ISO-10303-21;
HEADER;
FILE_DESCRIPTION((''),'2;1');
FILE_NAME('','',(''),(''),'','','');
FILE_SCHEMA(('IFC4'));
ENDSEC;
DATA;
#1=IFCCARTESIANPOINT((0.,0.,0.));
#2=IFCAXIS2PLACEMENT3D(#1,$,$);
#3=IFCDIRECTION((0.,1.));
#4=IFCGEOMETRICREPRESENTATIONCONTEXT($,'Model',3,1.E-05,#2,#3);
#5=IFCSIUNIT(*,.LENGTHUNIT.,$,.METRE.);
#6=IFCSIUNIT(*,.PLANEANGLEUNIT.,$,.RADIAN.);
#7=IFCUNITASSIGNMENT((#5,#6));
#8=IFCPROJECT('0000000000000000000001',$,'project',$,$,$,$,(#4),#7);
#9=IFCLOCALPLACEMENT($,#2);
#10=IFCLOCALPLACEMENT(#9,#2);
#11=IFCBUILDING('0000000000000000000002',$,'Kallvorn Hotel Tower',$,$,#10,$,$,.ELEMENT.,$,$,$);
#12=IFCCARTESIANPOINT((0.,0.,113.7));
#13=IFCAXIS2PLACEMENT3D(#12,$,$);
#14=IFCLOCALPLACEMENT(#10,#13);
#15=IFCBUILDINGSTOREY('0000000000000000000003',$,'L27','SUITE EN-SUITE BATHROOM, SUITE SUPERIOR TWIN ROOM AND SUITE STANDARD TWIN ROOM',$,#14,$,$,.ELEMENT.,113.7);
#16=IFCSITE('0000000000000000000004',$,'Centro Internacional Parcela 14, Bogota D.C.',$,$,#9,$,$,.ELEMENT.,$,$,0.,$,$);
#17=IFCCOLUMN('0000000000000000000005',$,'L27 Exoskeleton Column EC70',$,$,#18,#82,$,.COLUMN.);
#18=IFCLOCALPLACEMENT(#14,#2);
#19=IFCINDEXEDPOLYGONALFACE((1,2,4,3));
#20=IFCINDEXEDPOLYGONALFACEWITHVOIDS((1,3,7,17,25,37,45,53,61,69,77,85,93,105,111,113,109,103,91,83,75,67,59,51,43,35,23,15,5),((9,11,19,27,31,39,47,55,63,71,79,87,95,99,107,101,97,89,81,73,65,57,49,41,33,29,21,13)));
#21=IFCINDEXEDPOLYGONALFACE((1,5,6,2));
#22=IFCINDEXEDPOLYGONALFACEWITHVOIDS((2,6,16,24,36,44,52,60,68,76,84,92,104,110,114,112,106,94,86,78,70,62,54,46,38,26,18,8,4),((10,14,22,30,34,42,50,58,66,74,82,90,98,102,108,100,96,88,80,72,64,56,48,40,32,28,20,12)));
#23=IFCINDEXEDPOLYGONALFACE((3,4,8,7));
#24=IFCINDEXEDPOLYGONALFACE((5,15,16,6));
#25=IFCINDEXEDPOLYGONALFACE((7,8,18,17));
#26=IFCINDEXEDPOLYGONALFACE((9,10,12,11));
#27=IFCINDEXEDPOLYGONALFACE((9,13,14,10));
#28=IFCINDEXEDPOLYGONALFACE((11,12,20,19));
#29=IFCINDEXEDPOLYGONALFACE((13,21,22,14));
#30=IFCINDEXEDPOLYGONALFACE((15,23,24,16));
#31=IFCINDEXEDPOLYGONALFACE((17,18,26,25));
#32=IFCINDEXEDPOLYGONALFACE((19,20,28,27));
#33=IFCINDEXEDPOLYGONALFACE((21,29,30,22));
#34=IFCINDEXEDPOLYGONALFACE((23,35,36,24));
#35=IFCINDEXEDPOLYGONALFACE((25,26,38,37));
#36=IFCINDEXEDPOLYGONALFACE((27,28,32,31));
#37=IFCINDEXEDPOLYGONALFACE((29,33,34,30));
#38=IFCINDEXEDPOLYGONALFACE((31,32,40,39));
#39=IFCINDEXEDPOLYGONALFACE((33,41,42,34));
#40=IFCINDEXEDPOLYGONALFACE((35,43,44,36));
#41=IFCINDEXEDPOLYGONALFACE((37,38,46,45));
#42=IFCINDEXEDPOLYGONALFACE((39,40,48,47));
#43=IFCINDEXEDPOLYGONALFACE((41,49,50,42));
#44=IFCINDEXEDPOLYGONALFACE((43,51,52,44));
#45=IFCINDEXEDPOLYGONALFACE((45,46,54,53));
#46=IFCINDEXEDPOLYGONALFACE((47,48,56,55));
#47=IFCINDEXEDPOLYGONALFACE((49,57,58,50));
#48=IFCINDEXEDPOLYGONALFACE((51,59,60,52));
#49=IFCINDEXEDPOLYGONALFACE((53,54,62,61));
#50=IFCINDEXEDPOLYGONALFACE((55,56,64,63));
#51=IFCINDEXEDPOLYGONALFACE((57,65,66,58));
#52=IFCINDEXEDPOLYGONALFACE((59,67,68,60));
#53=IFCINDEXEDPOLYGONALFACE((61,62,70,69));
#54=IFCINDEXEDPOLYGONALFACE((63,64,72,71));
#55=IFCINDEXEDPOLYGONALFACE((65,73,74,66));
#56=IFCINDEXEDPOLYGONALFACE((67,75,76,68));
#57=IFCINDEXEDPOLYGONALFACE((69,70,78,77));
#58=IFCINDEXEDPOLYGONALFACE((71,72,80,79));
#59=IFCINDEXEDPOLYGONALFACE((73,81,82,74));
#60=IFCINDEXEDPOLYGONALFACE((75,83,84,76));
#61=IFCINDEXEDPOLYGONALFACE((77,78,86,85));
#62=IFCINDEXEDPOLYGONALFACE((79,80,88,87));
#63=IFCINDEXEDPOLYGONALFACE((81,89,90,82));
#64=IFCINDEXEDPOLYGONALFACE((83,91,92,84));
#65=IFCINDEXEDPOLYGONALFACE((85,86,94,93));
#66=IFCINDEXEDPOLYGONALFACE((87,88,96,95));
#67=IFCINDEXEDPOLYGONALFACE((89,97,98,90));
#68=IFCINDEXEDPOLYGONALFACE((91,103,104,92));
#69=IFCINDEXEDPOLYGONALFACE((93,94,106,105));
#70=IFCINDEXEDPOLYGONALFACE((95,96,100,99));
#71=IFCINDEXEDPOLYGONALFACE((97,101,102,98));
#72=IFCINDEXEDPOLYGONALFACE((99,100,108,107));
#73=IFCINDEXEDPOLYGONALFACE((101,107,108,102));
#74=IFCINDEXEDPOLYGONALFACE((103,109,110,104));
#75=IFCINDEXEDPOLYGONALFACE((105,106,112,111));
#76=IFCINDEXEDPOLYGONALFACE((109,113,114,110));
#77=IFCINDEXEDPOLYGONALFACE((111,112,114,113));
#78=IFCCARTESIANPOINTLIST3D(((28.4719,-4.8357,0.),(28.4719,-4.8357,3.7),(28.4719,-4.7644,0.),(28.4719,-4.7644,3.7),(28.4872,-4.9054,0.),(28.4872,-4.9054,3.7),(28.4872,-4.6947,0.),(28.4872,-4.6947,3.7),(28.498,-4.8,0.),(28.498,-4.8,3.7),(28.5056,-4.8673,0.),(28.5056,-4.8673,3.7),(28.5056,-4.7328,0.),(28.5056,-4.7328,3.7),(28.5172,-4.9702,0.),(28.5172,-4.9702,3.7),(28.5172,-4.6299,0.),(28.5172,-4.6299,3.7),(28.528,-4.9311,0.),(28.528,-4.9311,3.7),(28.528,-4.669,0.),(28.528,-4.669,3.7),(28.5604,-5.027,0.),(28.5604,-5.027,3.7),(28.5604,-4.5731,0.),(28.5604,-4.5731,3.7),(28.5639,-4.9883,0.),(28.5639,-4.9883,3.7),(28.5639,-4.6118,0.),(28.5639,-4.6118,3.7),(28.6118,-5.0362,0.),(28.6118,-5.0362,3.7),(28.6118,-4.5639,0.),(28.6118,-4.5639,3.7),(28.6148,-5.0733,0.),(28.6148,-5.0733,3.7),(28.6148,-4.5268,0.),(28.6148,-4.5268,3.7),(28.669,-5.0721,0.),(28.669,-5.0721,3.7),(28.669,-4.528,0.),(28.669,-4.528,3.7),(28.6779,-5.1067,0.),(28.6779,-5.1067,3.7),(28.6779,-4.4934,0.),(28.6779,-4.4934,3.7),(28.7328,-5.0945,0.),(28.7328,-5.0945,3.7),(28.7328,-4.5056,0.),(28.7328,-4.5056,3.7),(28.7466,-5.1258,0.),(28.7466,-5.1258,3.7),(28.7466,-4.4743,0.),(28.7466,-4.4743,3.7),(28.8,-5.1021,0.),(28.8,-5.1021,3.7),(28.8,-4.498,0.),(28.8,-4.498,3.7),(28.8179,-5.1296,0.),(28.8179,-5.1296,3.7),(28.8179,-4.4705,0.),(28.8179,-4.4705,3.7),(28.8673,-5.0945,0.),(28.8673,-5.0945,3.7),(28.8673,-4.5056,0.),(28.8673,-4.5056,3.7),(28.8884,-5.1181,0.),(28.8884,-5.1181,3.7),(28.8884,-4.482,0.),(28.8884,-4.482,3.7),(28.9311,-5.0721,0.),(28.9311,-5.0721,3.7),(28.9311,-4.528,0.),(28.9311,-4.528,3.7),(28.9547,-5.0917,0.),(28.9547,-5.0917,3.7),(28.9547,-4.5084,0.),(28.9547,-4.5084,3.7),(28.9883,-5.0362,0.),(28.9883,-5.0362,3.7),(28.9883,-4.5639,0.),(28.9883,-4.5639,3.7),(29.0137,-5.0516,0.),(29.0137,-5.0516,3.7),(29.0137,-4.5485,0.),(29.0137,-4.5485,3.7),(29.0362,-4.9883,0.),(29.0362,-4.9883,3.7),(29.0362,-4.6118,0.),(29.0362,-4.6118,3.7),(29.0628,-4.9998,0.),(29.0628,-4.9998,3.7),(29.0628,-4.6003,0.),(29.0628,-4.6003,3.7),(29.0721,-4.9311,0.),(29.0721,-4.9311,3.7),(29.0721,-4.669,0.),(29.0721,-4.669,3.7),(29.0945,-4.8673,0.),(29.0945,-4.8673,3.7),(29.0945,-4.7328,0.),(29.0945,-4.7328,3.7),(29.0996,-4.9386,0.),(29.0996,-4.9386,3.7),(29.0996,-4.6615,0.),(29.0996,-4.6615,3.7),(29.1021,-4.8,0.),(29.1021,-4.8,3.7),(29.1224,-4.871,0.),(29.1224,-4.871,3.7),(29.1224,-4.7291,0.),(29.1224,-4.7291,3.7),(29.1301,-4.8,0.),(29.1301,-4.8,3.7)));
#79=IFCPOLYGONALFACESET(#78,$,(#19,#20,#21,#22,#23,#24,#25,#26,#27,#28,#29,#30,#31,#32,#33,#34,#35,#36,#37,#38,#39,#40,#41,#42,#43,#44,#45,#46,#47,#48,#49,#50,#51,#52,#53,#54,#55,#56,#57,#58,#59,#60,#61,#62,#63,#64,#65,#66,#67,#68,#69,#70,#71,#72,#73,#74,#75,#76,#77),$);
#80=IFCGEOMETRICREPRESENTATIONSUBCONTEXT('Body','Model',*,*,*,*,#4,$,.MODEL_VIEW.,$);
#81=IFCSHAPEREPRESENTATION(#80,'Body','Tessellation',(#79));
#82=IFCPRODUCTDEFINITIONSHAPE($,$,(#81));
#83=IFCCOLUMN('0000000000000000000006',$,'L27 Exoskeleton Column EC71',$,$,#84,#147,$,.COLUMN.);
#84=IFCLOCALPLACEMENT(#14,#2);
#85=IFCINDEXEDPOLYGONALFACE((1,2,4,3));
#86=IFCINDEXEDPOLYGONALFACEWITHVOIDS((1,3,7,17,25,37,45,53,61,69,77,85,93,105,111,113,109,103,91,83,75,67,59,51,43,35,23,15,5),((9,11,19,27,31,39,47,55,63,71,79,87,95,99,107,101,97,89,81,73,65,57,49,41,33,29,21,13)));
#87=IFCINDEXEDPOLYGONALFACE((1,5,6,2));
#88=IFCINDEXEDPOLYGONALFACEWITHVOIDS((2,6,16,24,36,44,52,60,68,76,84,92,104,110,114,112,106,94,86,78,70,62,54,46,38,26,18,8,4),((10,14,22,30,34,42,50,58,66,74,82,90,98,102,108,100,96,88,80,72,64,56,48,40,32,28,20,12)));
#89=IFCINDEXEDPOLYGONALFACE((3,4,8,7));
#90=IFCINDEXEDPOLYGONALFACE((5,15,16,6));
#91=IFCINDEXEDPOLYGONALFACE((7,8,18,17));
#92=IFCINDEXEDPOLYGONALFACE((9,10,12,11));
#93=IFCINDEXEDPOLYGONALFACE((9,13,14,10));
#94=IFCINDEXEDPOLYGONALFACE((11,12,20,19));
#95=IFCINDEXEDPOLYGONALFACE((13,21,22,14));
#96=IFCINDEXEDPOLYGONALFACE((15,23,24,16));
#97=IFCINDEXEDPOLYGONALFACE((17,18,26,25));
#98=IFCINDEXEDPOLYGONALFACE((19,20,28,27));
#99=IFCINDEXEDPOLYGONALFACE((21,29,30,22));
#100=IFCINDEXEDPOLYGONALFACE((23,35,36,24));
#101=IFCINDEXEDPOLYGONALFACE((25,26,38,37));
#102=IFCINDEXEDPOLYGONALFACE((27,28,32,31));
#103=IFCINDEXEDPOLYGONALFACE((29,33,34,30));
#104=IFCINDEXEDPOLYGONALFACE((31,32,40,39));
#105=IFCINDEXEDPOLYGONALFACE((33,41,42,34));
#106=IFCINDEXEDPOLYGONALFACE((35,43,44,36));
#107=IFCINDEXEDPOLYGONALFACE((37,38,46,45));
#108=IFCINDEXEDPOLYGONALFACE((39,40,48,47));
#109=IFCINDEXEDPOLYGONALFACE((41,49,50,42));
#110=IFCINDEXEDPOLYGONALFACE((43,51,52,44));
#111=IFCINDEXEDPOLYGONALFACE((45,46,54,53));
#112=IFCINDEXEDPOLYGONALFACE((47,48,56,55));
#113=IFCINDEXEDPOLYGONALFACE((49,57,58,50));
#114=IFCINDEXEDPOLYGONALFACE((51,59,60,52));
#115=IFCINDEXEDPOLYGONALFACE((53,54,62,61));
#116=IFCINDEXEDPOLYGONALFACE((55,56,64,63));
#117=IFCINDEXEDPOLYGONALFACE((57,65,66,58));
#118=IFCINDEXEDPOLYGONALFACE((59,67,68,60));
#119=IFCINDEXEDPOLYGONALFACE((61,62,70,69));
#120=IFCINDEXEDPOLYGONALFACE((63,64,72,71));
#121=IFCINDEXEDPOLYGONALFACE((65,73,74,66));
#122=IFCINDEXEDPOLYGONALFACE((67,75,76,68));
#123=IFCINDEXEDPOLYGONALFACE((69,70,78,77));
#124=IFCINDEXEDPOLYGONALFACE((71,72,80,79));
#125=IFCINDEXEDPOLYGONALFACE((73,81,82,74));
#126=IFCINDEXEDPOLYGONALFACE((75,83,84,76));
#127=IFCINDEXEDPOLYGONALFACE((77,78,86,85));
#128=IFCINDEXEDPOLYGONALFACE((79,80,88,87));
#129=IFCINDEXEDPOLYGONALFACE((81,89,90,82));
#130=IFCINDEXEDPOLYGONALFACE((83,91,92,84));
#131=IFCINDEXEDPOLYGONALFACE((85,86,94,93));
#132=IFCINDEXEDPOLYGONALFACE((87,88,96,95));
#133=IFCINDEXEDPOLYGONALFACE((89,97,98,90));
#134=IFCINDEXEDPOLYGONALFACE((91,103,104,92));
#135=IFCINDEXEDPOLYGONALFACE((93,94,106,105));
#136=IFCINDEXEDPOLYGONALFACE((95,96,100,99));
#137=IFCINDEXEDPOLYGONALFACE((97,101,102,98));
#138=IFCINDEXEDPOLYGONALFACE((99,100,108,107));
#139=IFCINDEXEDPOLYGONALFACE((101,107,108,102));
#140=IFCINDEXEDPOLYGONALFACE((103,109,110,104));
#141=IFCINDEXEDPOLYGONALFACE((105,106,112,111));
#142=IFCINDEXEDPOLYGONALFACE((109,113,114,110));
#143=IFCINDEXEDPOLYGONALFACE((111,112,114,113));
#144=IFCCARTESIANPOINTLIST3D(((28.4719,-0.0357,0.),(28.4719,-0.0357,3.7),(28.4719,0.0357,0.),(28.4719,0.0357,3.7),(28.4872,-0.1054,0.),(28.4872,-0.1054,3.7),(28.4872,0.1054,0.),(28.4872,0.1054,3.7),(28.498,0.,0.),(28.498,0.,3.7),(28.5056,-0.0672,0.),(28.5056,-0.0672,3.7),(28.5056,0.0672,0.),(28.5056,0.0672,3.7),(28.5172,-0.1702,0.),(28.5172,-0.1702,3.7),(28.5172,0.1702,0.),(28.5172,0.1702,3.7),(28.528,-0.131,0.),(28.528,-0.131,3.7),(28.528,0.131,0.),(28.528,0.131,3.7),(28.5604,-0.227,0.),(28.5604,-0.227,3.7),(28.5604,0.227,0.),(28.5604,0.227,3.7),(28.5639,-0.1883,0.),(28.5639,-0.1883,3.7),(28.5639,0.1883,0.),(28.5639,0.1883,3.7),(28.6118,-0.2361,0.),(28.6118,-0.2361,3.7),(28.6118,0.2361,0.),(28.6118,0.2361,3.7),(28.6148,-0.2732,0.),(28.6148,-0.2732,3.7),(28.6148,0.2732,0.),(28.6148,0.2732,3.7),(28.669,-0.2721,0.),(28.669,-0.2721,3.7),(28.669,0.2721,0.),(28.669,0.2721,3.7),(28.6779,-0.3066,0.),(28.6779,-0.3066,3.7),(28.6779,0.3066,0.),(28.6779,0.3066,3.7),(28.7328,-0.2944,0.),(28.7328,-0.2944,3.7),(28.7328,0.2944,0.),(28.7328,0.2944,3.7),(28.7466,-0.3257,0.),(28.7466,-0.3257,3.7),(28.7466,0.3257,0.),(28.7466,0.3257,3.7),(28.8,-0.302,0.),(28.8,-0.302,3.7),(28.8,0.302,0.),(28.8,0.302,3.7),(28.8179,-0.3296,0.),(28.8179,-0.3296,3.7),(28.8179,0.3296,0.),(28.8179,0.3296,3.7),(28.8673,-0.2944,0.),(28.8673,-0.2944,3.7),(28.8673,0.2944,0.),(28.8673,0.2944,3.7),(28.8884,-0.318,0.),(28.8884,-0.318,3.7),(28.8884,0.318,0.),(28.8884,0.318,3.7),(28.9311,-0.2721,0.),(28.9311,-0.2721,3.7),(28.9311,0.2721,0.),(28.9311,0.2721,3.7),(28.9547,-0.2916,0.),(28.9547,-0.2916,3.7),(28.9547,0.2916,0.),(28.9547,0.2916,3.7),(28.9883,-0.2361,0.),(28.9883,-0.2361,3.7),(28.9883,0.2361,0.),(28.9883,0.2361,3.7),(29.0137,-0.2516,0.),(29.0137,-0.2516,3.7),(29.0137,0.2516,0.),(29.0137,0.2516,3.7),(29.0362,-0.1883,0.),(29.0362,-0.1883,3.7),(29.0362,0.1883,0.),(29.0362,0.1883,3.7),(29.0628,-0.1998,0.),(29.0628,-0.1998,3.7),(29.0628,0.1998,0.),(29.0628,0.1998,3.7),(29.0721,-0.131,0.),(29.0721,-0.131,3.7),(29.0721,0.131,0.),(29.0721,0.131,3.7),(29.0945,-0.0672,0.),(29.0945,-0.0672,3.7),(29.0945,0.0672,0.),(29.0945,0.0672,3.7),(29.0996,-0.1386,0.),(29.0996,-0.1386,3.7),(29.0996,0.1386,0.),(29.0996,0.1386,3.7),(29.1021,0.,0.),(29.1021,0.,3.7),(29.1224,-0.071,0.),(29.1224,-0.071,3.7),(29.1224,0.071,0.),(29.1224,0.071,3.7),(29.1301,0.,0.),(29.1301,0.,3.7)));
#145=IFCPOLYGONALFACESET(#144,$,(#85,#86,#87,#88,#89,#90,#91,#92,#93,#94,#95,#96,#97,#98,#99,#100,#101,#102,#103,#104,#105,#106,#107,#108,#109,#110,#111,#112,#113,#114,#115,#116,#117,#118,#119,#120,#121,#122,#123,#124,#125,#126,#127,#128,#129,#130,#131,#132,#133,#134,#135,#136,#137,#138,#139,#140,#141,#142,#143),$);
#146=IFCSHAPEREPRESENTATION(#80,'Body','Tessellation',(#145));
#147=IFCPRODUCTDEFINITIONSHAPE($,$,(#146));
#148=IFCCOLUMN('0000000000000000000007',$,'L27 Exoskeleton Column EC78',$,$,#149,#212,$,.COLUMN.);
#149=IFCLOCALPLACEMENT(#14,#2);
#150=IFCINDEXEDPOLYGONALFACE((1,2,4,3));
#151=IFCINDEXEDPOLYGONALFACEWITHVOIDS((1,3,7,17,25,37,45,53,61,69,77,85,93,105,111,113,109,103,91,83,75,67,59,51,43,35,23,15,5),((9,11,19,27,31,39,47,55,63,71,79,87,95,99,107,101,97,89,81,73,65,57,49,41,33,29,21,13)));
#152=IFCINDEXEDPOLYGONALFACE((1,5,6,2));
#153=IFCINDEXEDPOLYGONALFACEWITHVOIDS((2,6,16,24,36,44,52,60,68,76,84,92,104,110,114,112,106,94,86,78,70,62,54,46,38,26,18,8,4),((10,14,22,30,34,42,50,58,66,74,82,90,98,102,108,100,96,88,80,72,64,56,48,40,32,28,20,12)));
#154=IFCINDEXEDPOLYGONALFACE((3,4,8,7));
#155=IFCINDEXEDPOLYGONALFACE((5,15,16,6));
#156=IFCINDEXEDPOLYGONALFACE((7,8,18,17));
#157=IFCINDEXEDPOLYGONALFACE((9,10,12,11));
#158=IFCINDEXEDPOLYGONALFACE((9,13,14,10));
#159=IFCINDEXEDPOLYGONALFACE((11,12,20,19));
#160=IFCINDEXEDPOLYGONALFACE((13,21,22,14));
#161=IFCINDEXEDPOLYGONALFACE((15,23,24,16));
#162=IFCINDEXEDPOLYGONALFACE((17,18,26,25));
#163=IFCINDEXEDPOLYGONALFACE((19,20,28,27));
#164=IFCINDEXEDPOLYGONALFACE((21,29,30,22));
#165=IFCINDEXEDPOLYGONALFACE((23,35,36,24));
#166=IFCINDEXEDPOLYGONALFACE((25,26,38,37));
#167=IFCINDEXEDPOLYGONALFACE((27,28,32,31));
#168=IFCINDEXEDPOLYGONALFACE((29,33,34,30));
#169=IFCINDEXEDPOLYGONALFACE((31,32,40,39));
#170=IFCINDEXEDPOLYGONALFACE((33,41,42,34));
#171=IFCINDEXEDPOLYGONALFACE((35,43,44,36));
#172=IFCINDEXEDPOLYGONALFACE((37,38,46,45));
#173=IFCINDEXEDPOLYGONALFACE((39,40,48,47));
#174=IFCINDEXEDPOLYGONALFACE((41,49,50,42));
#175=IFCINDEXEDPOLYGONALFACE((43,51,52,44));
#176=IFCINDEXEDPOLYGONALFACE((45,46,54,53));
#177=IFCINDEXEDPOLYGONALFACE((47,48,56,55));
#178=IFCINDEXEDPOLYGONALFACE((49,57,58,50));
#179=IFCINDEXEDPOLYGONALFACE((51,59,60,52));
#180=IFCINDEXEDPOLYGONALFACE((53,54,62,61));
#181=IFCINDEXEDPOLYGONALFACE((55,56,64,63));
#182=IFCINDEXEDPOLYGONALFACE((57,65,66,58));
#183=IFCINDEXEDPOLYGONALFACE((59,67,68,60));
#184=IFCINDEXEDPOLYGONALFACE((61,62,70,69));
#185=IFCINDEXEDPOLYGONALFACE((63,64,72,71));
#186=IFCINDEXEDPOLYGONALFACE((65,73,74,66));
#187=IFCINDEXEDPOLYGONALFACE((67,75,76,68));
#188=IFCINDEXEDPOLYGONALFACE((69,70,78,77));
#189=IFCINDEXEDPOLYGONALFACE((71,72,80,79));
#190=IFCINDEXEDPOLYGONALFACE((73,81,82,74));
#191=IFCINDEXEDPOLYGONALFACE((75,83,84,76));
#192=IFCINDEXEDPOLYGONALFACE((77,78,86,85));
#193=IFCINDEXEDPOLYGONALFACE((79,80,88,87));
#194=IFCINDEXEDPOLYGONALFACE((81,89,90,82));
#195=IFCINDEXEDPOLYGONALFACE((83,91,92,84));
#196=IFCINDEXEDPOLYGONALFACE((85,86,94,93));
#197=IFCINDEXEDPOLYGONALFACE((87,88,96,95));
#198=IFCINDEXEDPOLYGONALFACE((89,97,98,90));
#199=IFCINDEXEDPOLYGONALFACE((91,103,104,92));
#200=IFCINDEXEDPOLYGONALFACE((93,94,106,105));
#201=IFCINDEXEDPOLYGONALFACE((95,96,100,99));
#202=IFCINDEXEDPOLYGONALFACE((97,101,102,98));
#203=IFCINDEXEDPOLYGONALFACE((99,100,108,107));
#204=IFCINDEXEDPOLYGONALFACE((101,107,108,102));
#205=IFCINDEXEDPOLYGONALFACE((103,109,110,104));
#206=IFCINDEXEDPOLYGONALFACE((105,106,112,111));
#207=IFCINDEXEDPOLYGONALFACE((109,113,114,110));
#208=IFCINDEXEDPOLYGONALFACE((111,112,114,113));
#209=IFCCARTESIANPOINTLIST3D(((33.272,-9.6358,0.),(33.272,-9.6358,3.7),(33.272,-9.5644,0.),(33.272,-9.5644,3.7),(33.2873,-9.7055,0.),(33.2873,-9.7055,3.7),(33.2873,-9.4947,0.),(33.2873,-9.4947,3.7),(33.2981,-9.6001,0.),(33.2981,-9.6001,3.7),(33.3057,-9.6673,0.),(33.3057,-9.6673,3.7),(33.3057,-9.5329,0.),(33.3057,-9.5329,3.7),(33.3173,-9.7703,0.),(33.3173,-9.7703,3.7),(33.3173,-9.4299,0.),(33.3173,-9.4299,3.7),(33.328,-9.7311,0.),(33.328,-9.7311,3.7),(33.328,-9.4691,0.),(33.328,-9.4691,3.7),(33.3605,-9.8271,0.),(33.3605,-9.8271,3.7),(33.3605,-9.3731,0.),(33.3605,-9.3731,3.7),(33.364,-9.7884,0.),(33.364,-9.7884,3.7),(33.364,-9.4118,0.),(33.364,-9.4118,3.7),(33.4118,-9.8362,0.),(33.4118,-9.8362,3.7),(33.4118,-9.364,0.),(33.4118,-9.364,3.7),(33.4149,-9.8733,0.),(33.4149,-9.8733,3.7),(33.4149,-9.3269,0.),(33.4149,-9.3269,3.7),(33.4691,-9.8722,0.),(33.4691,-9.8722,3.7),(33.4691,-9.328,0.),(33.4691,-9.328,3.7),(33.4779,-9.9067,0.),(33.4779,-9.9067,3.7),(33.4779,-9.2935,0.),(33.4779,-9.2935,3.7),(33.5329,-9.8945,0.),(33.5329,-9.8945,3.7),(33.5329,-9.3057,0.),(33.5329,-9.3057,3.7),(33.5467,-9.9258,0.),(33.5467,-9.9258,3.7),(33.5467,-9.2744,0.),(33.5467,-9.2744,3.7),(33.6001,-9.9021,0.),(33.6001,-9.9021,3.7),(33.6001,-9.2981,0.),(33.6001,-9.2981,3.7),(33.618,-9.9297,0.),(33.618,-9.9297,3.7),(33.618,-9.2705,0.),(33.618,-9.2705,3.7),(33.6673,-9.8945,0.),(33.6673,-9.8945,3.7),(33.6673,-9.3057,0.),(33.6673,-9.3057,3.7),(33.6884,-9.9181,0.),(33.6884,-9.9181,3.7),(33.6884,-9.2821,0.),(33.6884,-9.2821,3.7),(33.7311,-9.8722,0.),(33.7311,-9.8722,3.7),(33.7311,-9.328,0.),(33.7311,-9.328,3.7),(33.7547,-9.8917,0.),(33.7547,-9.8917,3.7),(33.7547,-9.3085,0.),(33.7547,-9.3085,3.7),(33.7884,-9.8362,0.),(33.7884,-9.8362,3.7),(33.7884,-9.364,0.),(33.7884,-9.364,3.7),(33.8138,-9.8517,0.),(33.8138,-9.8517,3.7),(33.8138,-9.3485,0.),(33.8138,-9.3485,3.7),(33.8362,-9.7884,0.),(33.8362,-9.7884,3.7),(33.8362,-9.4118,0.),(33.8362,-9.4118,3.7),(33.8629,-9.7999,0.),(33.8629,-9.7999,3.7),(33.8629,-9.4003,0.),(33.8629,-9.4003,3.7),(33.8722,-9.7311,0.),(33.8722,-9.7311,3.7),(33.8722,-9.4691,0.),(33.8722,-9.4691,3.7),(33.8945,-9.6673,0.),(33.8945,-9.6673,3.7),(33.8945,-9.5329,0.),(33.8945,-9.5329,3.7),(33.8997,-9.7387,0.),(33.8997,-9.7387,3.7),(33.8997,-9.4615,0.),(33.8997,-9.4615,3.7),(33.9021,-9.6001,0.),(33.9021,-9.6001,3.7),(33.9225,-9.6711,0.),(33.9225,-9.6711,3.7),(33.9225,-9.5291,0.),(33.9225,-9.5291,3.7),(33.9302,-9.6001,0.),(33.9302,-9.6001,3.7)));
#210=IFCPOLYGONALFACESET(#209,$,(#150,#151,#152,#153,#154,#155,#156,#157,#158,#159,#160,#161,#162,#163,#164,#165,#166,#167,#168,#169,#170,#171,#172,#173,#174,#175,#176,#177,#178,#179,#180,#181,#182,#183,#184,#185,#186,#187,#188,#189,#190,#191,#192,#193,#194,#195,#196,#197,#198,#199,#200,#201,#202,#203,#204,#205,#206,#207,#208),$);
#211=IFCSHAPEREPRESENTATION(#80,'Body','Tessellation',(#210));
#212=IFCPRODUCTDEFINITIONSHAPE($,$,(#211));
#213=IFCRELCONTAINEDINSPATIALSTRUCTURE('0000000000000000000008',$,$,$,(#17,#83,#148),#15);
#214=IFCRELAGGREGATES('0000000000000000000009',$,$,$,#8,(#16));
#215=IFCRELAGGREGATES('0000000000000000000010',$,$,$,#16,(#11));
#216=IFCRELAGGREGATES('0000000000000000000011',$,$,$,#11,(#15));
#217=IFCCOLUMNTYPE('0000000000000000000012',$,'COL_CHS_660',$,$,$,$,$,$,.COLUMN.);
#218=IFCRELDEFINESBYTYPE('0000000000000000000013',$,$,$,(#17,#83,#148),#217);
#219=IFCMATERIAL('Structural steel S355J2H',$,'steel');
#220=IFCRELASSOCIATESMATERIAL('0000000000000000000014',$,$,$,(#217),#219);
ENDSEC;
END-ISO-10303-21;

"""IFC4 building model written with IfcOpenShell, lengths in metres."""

from ifc_helpers import new_model, si_unit, direction, frame, origin, origin_2d, place, context, subcontext, project, spatial, hollow_circle, extrude, material, material_profile, profile_set, type_object, element, save


model = new_model("IFC4")

# Units and contexts
model_context = context("Model", 3, precision=1e-05, world=origin(), true_north=direction((0.0, 1.0)))
body_context = subcontext(model_context, "Body", "Model", "MODEL_VIEW")
ifc_project = project(units=[si_unit("LENGTHUNIT", "METRE"), si_unit("PLANEANGLEUNIT", "RADIAN")], contexts=[model_context])

# Site, building, storey
site_placement = place(None, origin())
site = spatial("IfcSite", under=ifc_project, at=site_placement, Name="Centro Internacional Parcela 14, Bogota D.C.", CompositionType="ELEMENT", RefElevation=0.0)
building_placement = place(site_placement, origin())
building = spatial("IfcBuilding", under=site, at=building_placement, Name="Kallvorn Hotel Tower", CompositionType="ELEMENT")
storey_placement = place(building_placement, frame((0.0, 0.0, 113.7)))
storey = spatial("IfcBuildingStorey", under=building, at=storey_placement, Name="L27", Description="SUITE EN-SUITE BATHROOM, SUITE SUPERIOR TWIN ROOM AND SUITE STANDARD TWIN ROOM", CompositionType="ELEMENT", Elevation=113.7)

# Columns
ifc_material_1 = material(Name="Structural steel S355J2H", Category="steel")
ifc_material_profile_1 = material_profile(ifc_material_1, hollow_circle(Radius=0.3301, WallThickness=0.0281, at=origin_2d()), Name="CHS 660x28")
ifc_profile_set_1 = profile_set([ifc_material_profile_1], Name="Structural steel S355J2H")
column_type = type_object("IfcColumnType", Name="COL_CHS_660", PredefinedType="COLUMN", material=ifc_profile_set_1)
for number, where, z_axis, x_axis, name in (
    (1, (28.8, -4.8, 0.0), (0.0, 0.0, 1.0), (1.0, 0.0, 0.0), "L27 Exoskeleton Column EC70"),
    (2, (28.8, 0.0, 0.0), (0.0, 0.0, 1.0), (1.0, 0.0, 0.0), "L27 Exoskeleton Column EC71"),
    (3, (33.6001, -9.6001, 0.0), (0.0, 0.0, 1.0), (1.0, 0.0, 0.0), "L27 Exoskeleton Column EC78"),
):
    element("IfcColumn", number, at=place(storey_placement, frame(where, z_axis=z_axis, x_axis=x_axis)), inside=storey, type_object=column_type, Name=name, PredefinedType="COLUMN", context=body_context, shape_type="SweptSolid", body=[
        extrude(hollow_circle(Radius=0.3301, WallThickness=0.0281, at=origin_2d()), origin(), (0.0, 0.0, 1.0), 3.7),
    ])

save(model, "model.ifc")
